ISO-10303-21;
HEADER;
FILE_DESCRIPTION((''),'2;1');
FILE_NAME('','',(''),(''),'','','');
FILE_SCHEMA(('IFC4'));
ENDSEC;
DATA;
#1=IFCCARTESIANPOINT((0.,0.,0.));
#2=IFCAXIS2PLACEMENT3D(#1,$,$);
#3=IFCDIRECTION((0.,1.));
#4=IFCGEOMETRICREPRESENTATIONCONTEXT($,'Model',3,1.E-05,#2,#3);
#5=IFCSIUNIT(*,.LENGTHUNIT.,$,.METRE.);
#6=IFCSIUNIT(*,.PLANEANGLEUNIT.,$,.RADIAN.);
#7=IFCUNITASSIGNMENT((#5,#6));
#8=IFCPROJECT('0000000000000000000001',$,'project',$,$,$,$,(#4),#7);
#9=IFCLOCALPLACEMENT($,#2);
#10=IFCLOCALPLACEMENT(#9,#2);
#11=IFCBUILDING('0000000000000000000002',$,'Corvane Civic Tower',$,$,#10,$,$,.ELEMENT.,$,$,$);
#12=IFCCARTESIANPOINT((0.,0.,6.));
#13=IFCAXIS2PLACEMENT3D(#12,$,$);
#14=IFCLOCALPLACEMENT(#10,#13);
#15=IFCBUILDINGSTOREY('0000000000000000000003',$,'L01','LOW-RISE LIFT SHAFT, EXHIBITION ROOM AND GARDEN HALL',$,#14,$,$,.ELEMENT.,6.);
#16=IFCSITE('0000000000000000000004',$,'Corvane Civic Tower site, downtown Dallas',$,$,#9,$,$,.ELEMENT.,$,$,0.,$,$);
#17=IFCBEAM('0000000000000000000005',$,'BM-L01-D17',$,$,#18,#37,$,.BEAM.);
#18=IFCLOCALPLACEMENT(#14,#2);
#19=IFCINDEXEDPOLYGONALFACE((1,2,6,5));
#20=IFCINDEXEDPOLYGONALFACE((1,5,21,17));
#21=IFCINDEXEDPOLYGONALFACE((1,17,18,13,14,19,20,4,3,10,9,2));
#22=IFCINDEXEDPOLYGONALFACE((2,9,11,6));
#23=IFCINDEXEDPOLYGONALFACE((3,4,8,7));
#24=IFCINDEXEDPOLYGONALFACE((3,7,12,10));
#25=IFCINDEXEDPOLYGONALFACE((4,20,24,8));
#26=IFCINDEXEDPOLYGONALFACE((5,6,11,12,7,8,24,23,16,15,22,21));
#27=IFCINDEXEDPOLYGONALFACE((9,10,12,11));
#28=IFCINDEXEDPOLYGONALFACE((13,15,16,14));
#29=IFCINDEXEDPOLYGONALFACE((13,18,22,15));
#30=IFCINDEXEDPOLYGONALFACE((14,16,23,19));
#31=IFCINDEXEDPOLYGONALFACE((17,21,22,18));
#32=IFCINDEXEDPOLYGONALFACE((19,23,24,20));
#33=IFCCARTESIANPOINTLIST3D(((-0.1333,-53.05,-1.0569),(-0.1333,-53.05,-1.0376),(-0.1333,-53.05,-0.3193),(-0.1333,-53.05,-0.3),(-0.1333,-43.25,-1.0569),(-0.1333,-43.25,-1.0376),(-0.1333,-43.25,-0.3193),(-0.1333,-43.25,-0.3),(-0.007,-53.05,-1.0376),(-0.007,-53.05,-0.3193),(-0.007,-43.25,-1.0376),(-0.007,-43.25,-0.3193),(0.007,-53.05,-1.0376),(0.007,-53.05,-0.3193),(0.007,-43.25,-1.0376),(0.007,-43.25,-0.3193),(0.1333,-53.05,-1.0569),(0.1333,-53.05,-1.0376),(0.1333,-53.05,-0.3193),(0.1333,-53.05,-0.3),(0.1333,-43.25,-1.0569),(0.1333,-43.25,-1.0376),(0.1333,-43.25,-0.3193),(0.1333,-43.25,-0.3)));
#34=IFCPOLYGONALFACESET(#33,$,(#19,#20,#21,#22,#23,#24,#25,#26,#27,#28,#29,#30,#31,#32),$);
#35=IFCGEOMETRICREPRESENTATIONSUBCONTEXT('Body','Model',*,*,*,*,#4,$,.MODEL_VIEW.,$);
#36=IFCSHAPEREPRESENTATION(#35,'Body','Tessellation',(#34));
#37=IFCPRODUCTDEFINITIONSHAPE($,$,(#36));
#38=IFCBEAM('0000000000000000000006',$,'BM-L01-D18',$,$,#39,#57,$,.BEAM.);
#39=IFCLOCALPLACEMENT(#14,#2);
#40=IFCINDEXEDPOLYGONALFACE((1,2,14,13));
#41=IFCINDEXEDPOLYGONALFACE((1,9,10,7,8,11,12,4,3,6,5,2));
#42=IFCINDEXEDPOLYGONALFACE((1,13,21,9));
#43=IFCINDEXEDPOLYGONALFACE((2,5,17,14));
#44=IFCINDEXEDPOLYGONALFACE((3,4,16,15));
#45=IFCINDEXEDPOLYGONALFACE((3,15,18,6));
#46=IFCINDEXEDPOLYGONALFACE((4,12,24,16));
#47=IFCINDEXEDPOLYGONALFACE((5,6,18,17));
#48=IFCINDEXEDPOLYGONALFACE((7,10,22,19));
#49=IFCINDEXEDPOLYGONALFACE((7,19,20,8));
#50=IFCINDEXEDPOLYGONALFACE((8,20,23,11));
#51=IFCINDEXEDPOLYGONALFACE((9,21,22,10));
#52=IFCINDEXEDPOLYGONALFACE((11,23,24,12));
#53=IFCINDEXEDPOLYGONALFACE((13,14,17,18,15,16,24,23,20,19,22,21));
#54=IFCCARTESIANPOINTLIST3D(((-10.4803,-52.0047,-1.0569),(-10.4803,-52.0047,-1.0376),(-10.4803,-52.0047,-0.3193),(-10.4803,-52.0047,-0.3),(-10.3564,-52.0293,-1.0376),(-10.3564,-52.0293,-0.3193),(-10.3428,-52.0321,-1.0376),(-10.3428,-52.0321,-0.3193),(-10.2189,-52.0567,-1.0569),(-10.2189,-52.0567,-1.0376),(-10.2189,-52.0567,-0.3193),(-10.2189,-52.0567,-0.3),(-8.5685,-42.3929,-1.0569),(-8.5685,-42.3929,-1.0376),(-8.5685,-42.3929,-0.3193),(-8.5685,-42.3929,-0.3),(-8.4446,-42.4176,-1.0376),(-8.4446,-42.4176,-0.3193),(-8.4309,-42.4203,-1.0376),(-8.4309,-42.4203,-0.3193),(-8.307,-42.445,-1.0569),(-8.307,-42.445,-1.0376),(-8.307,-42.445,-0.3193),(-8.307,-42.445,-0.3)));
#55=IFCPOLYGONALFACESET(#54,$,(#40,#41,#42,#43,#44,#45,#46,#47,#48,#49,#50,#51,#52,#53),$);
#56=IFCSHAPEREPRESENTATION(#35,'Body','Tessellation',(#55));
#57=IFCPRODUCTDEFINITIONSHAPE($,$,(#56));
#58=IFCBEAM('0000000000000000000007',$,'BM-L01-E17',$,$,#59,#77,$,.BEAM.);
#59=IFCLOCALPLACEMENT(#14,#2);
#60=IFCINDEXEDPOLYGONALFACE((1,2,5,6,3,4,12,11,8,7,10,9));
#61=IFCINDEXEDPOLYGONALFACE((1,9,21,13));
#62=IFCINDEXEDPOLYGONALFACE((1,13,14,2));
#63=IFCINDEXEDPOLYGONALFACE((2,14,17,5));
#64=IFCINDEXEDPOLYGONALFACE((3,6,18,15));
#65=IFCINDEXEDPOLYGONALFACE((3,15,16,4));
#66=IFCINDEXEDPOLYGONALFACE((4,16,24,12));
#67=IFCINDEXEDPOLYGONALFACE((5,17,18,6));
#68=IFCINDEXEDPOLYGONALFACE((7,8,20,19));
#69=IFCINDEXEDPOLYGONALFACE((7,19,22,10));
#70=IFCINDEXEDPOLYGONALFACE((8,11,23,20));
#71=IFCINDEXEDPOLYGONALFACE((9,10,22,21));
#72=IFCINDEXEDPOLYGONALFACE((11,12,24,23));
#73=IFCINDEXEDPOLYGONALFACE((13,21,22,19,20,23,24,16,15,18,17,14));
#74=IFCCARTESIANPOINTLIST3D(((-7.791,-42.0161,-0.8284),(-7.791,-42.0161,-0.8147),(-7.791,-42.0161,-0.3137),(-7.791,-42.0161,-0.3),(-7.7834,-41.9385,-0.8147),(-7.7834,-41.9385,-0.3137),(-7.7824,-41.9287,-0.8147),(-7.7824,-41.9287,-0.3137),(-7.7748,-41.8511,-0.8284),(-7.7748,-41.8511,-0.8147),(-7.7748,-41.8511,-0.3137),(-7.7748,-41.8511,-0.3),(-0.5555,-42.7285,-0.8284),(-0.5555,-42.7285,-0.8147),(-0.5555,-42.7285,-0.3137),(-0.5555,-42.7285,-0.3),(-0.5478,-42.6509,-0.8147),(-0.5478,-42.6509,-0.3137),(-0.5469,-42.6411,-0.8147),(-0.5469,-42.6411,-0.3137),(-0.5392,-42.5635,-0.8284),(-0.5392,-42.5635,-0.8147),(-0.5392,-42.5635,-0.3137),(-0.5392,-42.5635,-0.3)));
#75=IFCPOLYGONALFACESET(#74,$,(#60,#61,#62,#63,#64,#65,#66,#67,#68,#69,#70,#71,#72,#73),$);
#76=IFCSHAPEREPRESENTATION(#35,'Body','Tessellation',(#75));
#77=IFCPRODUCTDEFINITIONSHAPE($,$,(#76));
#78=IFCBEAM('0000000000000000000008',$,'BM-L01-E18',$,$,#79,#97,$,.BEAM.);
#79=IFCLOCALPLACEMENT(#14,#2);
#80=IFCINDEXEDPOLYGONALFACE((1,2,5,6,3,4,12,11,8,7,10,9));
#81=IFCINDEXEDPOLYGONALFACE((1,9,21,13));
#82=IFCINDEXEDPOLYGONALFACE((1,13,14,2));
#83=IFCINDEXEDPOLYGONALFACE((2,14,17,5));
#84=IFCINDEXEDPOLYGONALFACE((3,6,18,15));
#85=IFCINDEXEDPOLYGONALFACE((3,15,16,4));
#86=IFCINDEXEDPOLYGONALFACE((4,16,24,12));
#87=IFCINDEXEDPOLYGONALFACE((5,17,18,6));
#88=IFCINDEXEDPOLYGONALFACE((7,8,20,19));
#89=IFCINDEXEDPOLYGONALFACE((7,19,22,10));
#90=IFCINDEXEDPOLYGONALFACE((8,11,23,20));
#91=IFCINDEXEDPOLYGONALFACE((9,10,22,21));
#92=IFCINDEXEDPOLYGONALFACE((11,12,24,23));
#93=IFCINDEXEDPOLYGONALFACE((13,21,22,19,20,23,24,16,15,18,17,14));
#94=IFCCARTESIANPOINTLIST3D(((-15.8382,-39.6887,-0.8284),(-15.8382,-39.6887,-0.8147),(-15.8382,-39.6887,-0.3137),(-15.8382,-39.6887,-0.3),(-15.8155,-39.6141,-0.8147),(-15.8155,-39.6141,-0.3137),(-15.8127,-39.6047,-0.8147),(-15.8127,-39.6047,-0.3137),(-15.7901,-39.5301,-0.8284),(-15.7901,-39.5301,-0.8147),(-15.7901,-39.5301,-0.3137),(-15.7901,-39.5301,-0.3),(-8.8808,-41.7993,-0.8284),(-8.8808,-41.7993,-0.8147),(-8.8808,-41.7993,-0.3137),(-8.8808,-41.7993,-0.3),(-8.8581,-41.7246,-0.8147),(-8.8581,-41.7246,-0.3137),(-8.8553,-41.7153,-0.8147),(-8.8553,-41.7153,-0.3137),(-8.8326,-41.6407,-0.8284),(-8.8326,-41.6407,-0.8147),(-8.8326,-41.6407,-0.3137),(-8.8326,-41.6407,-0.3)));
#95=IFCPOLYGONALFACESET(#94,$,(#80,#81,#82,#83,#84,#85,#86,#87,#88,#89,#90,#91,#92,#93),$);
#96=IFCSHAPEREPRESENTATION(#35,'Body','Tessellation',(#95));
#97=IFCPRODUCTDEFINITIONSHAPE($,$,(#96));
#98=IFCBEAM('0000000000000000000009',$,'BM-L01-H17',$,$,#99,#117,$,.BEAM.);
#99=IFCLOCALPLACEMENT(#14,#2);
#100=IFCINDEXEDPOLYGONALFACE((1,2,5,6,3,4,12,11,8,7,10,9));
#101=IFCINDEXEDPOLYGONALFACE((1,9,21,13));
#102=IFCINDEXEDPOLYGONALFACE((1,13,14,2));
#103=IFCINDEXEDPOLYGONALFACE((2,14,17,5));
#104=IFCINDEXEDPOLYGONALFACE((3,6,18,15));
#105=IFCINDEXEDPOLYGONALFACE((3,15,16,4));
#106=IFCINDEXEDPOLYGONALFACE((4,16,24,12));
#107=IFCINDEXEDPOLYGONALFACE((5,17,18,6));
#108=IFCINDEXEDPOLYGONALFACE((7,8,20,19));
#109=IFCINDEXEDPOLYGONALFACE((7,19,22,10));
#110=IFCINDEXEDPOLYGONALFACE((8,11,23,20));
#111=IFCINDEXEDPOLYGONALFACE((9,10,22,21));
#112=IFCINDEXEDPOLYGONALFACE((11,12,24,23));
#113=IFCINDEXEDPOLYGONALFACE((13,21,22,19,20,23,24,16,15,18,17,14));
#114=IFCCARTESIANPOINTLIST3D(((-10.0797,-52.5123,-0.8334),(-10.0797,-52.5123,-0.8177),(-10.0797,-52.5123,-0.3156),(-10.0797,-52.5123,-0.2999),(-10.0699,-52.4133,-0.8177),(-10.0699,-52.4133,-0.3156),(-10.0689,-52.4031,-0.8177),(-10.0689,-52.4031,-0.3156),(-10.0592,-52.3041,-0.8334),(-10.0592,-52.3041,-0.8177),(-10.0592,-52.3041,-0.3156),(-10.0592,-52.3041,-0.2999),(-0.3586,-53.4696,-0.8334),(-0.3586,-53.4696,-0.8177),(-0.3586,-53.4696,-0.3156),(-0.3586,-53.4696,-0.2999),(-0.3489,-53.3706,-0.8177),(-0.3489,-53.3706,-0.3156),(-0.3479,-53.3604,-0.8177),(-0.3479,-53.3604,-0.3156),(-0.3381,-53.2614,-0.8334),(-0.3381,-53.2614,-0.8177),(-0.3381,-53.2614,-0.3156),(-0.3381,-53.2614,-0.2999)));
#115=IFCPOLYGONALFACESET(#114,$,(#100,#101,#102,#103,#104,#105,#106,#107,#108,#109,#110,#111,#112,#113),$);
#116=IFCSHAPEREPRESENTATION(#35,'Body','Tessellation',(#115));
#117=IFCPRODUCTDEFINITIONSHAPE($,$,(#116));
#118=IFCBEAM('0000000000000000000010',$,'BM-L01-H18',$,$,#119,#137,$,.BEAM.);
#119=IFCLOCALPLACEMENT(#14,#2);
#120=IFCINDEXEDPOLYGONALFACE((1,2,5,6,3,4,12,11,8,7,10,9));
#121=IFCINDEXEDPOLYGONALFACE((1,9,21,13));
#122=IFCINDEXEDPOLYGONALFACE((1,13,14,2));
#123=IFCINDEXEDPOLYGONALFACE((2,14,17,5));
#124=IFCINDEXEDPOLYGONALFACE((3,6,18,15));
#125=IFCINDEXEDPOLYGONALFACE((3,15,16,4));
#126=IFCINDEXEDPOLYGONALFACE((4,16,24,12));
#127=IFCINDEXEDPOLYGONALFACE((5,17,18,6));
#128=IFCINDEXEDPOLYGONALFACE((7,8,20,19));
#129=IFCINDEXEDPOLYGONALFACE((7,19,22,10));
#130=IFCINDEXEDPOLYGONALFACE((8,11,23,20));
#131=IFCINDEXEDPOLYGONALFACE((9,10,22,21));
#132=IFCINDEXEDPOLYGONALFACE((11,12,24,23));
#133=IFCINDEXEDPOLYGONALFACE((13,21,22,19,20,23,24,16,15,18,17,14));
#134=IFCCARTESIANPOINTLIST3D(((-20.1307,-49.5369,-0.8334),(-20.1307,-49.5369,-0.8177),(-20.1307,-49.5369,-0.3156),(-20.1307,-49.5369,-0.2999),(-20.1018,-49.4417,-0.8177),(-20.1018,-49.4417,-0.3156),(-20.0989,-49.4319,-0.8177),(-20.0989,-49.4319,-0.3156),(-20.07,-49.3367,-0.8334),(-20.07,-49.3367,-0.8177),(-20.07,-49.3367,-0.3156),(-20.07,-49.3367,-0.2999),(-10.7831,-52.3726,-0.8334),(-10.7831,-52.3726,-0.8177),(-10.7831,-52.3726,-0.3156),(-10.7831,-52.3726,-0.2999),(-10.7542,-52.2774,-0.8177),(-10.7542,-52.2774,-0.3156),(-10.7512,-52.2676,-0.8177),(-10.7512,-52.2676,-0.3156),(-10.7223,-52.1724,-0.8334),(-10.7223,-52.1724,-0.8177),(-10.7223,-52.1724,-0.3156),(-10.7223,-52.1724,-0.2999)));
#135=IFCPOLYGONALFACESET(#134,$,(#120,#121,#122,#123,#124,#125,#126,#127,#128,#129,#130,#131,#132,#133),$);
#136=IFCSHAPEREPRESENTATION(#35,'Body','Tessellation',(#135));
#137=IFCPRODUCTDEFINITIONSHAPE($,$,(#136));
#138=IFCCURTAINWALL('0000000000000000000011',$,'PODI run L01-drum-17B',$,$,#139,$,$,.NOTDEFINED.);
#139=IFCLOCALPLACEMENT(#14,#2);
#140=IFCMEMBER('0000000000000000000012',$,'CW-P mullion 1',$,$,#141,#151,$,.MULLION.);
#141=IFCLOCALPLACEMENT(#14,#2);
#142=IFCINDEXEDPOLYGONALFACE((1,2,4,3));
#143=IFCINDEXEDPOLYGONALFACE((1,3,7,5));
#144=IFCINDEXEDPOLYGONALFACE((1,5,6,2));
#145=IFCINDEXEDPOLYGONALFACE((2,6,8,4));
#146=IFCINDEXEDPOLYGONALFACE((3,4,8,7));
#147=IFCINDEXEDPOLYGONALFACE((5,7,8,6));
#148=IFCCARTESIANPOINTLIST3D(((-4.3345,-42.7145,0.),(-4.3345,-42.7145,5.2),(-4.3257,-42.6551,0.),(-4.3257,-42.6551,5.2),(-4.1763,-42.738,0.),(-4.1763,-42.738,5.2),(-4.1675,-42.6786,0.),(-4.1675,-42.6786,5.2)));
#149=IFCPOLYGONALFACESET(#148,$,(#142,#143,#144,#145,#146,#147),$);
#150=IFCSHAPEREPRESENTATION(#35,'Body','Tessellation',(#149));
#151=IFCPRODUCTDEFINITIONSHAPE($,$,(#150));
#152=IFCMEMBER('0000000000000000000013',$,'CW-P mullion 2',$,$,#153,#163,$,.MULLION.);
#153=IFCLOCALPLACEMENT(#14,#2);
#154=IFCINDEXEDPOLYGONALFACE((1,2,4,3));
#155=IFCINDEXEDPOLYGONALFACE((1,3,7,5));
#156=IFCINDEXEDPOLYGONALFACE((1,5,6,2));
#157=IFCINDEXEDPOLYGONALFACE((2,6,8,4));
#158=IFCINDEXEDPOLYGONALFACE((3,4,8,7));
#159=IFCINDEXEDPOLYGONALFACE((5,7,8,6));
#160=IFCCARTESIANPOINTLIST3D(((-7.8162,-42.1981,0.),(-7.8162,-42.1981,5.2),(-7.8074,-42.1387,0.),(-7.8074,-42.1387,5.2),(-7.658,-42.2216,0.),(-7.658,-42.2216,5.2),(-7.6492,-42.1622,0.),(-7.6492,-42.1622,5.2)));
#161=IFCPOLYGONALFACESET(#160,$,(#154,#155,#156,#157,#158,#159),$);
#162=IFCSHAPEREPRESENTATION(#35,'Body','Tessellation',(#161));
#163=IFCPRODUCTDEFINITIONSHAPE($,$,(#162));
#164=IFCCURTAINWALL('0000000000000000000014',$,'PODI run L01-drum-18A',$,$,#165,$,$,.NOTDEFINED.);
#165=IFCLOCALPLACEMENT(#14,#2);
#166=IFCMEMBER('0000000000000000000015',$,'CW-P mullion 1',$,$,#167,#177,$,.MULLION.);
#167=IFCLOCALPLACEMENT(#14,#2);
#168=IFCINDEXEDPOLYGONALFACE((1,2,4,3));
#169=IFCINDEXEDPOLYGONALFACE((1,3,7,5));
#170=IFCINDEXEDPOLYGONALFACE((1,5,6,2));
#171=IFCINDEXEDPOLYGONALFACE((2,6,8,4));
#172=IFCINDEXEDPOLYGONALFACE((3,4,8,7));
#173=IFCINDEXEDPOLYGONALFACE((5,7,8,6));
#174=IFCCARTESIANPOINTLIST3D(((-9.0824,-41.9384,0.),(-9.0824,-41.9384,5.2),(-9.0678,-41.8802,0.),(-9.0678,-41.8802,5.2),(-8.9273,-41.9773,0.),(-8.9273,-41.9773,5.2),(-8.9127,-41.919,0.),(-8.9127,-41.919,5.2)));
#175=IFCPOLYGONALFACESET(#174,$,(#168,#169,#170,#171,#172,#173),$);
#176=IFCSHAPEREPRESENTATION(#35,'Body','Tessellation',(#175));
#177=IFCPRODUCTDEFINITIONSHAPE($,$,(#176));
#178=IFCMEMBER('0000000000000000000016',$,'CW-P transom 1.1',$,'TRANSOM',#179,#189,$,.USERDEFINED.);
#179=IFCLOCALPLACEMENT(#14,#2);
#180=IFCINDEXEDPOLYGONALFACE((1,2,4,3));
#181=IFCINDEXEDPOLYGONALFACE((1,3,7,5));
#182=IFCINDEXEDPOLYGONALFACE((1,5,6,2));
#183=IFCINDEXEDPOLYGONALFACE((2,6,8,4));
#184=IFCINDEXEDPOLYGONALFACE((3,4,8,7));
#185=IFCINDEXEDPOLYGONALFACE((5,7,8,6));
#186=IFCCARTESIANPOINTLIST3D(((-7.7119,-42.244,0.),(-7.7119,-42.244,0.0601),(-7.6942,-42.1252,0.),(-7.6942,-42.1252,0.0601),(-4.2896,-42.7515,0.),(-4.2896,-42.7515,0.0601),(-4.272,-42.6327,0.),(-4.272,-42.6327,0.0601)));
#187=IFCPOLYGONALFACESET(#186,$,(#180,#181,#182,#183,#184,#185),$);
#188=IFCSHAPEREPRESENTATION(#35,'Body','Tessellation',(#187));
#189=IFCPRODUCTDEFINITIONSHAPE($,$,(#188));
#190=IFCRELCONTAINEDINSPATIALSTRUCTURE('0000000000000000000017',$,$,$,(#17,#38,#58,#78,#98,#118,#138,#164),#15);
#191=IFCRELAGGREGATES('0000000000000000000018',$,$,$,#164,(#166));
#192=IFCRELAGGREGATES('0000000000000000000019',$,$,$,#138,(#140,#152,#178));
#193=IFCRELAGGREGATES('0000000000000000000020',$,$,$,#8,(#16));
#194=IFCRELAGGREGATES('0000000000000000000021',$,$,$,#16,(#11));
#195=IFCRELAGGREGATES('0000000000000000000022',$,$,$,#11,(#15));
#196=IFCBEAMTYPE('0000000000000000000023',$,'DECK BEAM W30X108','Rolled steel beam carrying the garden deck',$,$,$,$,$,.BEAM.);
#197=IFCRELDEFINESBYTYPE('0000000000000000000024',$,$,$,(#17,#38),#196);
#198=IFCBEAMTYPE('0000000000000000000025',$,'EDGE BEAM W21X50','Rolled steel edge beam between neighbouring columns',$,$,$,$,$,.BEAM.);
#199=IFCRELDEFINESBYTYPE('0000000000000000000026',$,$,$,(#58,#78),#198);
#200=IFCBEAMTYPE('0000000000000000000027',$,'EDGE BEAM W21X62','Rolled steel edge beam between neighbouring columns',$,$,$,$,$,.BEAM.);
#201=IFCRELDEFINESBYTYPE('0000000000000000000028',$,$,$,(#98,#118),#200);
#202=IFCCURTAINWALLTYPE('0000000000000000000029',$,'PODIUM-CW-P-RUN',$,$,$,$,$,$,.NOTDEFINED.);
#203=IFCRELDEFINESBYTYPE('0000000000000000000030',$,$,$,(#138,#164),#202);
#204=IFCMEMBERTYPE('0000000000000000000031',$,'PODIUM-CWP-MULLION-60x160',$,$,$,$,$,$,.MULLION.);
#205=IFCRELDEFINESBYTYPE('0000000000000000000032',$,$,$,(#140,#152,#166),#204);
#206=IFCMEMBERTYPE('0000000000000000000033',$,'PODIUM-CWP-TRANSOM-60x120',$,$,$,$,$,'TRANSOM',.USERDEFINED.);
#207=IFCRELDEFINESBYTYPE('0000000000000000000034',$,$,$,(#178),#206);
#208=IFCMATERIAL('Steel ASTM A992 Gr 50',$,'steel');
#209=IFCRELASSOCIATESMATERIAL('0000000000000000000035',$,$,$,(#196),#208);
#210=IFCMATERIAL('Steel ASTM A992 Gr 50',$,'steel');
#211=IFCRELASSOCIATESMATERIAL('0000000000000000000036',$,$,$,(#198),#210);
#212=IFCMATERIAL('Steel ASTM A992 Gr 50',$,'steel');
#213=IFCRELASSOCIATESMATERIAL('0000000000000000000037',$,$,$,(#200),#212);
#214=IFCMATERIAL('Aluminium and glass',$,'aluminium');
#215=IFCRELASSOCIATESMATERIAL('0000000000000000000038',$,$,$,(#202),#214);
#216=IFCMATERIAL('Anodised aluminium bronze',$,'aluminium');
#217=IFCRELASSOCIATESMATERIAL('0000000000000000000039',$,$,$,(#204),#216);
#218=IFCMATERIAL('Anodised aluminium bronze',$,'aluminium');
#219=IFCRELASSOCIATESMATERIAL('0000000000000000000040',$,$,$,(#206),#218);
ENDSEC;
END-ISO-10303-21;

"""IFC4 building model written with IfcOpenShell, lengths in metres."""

from ifc_helpers import new_model, si_unit, direction, frame, origin, origin_2d, place, context, subcontext, project, spatial, rectangle, i_section, extrude, material, material_profile, profile_set, type_object, element, aggregate, save


model = new_model("IFC4")

# Units and contexts
model_context = context("Model", 3, precision=1e-05, world=origin(), true_north=direction((0.0, 1.0)))
body_context = subcontext(model_context, "Body", "Model", "MODEL_VIEW")
ifc_project = project(units=[si_unit("LENGTHUNIT", "METRE"), si_unit("PLANEANGLEUNIT", "RADIAN")], contexts=[model_context])

# Site, building, storey
site_placement = place(None, origin())
site = spatial("IfcSite", under=ifc_project, at=site_placement, Name="Corvane Civic Tower site, downtown Dallas", CompositionType="ELEMENT", RefElevation=0.0)
building_placement = place(site_placement, origin())
building = spatial("IfcBuilding", under=site, at=building_placement, Name="Corvane Civic Tower", CompositionType="ELEMENT")
storey_placement = place(building_placement, frame((0.0, 0.0, 6.0)))
storey = spatial("IfcBuildingStorey", under=building, at=storey_placement, Name="L01", Description="LOW-RISE LIFT SHAFT, EXHIBITION ROOM AND GARDEN HALL", CompositionType="ELEMENT", Elevation=6.0)

# Beams
ifc_material_1 = material(Name="Steel ASTM A992 Gr 50", Category="steel")
ifc_material_profile_1 = material_profile(ifc_material_1, i_section(OverallWidth=0.2666, OverallDepth=0.7568, WebThickness=0.0139, FlangeThickness=0.0193, at=origin_2d()), Name="W30X108")
ifc_profile_set_1 = profile_set([ifc_material_profile_1], Name="Steel ASTM A992 Gr 50")
beam_type_1 = type_object("IfcBeamType", Name="DECK BEAM W30X108", Description="Rolled steel beam carrying the garden deck", PredefinedType="BEAM", material=ifc_profile_set_1)
for number, where, z_axis, x_axis, name in (
    (1, (0.0, -43.25, -0.6785), (0.0, -1.0, 0.0), (1.0, 0.0, 0.0), "BM-L01-D17"),
    (2, (-8.4377, -42.4189, -0.6785), (-0.195086, -0.980786, 0.0), (0.980786, -0.195086, 0.0), "BM-L01-D18"),
):
    element("IfcBeam", number, at=place(storey_placement, frame(where, z_axis=z_axis, x_axis=x_axis)), inside=storey, type_object=beam_type_1, Name=name, PredefinedType="BEAM", context=body_context, shape_type="SweptSolid", body=[
        extrude(i_section(OverallWidth=0.2666, OverallDepth=0.7568, WebThickness=0.0139, FlangeThickness=0.0193, at=origin_2d()), origin(), (0.0, 0.0, 1.0), 9.8),
    ])
ifc_material_2 = material(Name="Steel ASTM A992 Gr 50", Category="steel")
ifc_material_profile_2 = material_profile(ifc_material_2, i_section(OverallWidth=0.1658, OverallDepth=0.5283, WebThickness=0.0098, FlangeThickness=0.0137, at=origin_2d()), Name="W21X50")
ifc_profile_set_2 = profile_set([ifc_material_profile_2], Name="Steel ASTM A992 Gr 50")
beam_type_2 = type_object("IfcBeamType", Name="EDGE BEAM W21X50", Description="Rolled steel edge beam between neighbouring columns", PredefinedType="BEAM", material=ifc_profile_set_2)
for number, where, z_axis, x_axis, name in (
    (3, (-0.5474, -42.646, -0.5642), (-0.995188, 0.097984, 0.0), (-0.097984, -0.995188, 0.0), "BM-L01-E17"),
    (4, (-8.8567, -41.72, -0.5642), (-0.956938, 0.290292, 0.0), (-0.290292, -0.956938, 0.0), "BM-L01-E18"),
):
    element("IfcBeam", number, at=place(storey_placement, frame(where, z_axis=z_axis, x_axis=x_axis)), inside=storey, type_object=beam_type_2, Name=name, PredefinedType="BEAM", context=body_context, shape_type="SweptSolid", body=[
        extrude(i_section(OverallWidth=0.1658, OverallDepth=0.5283, WebThickness=0.0098, FlangeThickness=0.0137, at=origin_2d()), origin(), (0.0, 0.0, 1.0), 7.2705),
    ])
ifc_material_3 = material(Name="Steel ASTM A992 Gr 50", Category="steel")
ifc_material_profile_3 = material_profile(ifc_material_3, i_section(OverallWidth=0.2092, OverallDepth=0.5334, WebThickness=0.0103, FlangeThickness=0.0156, at=origin_2d()), Name="W21X62")
ifc_profile_set_3 = profile_set([ifc_material_profile_3], Name="Steel ASTM A992 Gr 50")
beam_type_3 = type_object("IfcBeamType", Name="EDGE BEAM W21X62", Description="Rolled steel edge beam between neighbouring columns", PredefinedType="BEAM", material=ifc_profile_set_3)
beam_1_placement = place(storey_placement, frame((-0.3484, -53.3655, -0.5667), z_axis=(-0.995186, 0.098001, 0.0), x_axis=(-0.098001, -0.995186, 0.0)))
element("IfcBeam", 5, at=beam_1_placement, inside=storey, type_object=beam_type_3, Name="BM-L01-H17", PredefinedType="BEAM", context=body_context, shape_type="SweptSolid", body=[
    extrude(i_section(OverallWidth=0.2092, OverallDepth=0.5334, WebThickness=0.0103, FlangeThickness=0.0156, at=origin_2d()), origin(), (0.0, 0.0, 1.0), 9.7681),
])
beam_2_placement = place(storey_placement, frame((-10.7527, -52.2725, -0.5667), z_axis=(-0.956937, 0.290295, 0.0), x_axis=(-0.290295, -0.956937, 0.0)))
element("IfcBeam", 6, at=beam_2_placement, inside=storey, type_object=beam_type_3, Name="BM-L01-H18", PredefinedType="BEAM", context=body_context, shape_type="SweptSolid", body=[
    extrude(i_section(OverallWidth=0.2092, OverallDepth=0.5334, WebThickness=0.0103, FlangeThickness=0.0156, at=origin_2d()), origin(), (0.0, 0.0, 1.0), 9.7683),
])

# Curtain wall, members
ifc_material_4 = material(Name="Aluminium and glass", Category="aluminium")
curtain_wall_type = type_object("IfcCurtainWallType", Name="PODIUM-CW-P-RUN", PredefinedType="NOTDEFINED", material=ifc_material_4)
curtain_wall_1_placement = place(storey_placement, origin())
curtain_wall_1 = element("IfcCurtainWall", 7, at=curtain_wall_1_placement, inside=storey, type_object=curtain_wall_type, Name="PODI run L01-drum-17B", PredefinedType="NOTDEFINED")
ifc_material_5 = material(Name="Anodised aluminium bronze", Category="aluminium")
ifc_material_profile_4 = material_profile(ifc_material_5, rectangle(XDim=0.0601, YDim=0.1599, at=origin_2d()), Name="AL 60x160")
ifc_profile_set_4 = profile_set([ifc_material_profile_4], Name="Anodised aluminium bronze")
member_type_1 = type_object("IfcMemberType", Name="PODIUM-CWP-MULLION-60x160", PredefinedType="MULLION", material=ifc_profile_set_4)
member_1_placement = place(storey_placement, frame((-4.251, -42.6965, 0.0), z_axis=(0.0, 0.0, 1.0), x_axis=(-0.146715, -0.989179, 0.0)))
member_1 = element("IfcMember", 8, at=member_1_placement, type_object=member_type_1, Name="CW-P mullion 1", PredefinedType="MULLION", context=body_context, shape_type="SweptSolid", body=[
    extrude(rectangle(XDim=0.0601, YDim=0.1599, at=origin_2d()), origin(), (0.0, 0.0, 1.0), 5.2),
])
member_2_placement = place(storey_placement, frame((-7.7327, -42.1802, 0.0), z_axis=(0.0, 0.0, 1.0), x_axis=(-0.146715, -0.989179, 0.0)))
member_2 = element("IfcMember", 9, at=member_2_placement, type_object=member_type_1, Name="CW-P mullion 2", PredefinedType="MULLION", context=body_context, shape_type="SweptSolid", body=[
    extrude(rectangle(XDim=0.0601, YDim=0.1599, at=origin_2d()), origin(), (0.0, 0.0, 1.0), 5.2),
])

# Curtain wall, member
curtain_wall_2_placement = place(storey_placement, origin())
curtain_wall_2 = element("IfcCurtainWall", 10, at=curtain_wall_2_placement, inside=storey, type_object=curtain_wall_type, Name="PODI run L01-drum-18A", PredefinedType="NOTDEFINED")
member_3_placement = place(storey_placement, frame((-8.9976, -41.9287, 0.0), z_axis=(0.0, 0.0, 1.0), x_axis=(-0.243009, -0.970024, 0.0)))
member_3 = element("IfcMember", 11, at=member_3_placement, type_object=member_type_1, Name="CW-P mullion 1", PredefinedType="MULLION", context=body_context, shape_type="SweptSolid", body=[
    extrude(rectangle(XDim=0.0601, YDim=0.1599, at=origin_2d()), origin(), (0.0, 0.0, 1.0), 5.2),
])

# Member
ifc_material_6 = material(Name="Anodised aluminium bronze", Category="aluminium")
ifc_material_profile_5 = material_profile(ifc_material_6, rectangle(XDim=0.1201, YDim=0.0601, at=origin_2d()), Name="AL 120x60")
ifc_profile_set_5 = profile_set([ifc_material_profile_5], Name="Anodised aluminium bronze")
member_type_2 = type_object("IfcMemberType", Name="PODIUM-CWP-TRANSOM-60x120", ElementType="TRANSOM", PredefinedType="USERDEFINED", material=ifc_profile_set_5)
member_4_placement = place(storey_placement, frame((-4.2808, -42.6921, 0.03), z_axis=(-0.98918, 0.146705, 0.0), x_axis=(-0.146705, -0.98918, 0.0)))
member_4 = element("IfcMember", 12, at=member_4_placement, type_object=member_type_2, Name="CW-P transom 1.1", ObjectType="TRANSOM", PredefinedType="USERDEFINED", context=body_context, shape_type="SweptSolid", body=[
    extrude(rectangle(XDim=0.1201, YDim=0.0601, at=origin_2d()), origin(), (0.0, 0.0, 1.0), 3.4597),
])
aggregate(curtain_wall_2, [member_3])

aggregate(curtain_wall_1, [member_1, member_2, member_4])

save(model, "model.ifc")
